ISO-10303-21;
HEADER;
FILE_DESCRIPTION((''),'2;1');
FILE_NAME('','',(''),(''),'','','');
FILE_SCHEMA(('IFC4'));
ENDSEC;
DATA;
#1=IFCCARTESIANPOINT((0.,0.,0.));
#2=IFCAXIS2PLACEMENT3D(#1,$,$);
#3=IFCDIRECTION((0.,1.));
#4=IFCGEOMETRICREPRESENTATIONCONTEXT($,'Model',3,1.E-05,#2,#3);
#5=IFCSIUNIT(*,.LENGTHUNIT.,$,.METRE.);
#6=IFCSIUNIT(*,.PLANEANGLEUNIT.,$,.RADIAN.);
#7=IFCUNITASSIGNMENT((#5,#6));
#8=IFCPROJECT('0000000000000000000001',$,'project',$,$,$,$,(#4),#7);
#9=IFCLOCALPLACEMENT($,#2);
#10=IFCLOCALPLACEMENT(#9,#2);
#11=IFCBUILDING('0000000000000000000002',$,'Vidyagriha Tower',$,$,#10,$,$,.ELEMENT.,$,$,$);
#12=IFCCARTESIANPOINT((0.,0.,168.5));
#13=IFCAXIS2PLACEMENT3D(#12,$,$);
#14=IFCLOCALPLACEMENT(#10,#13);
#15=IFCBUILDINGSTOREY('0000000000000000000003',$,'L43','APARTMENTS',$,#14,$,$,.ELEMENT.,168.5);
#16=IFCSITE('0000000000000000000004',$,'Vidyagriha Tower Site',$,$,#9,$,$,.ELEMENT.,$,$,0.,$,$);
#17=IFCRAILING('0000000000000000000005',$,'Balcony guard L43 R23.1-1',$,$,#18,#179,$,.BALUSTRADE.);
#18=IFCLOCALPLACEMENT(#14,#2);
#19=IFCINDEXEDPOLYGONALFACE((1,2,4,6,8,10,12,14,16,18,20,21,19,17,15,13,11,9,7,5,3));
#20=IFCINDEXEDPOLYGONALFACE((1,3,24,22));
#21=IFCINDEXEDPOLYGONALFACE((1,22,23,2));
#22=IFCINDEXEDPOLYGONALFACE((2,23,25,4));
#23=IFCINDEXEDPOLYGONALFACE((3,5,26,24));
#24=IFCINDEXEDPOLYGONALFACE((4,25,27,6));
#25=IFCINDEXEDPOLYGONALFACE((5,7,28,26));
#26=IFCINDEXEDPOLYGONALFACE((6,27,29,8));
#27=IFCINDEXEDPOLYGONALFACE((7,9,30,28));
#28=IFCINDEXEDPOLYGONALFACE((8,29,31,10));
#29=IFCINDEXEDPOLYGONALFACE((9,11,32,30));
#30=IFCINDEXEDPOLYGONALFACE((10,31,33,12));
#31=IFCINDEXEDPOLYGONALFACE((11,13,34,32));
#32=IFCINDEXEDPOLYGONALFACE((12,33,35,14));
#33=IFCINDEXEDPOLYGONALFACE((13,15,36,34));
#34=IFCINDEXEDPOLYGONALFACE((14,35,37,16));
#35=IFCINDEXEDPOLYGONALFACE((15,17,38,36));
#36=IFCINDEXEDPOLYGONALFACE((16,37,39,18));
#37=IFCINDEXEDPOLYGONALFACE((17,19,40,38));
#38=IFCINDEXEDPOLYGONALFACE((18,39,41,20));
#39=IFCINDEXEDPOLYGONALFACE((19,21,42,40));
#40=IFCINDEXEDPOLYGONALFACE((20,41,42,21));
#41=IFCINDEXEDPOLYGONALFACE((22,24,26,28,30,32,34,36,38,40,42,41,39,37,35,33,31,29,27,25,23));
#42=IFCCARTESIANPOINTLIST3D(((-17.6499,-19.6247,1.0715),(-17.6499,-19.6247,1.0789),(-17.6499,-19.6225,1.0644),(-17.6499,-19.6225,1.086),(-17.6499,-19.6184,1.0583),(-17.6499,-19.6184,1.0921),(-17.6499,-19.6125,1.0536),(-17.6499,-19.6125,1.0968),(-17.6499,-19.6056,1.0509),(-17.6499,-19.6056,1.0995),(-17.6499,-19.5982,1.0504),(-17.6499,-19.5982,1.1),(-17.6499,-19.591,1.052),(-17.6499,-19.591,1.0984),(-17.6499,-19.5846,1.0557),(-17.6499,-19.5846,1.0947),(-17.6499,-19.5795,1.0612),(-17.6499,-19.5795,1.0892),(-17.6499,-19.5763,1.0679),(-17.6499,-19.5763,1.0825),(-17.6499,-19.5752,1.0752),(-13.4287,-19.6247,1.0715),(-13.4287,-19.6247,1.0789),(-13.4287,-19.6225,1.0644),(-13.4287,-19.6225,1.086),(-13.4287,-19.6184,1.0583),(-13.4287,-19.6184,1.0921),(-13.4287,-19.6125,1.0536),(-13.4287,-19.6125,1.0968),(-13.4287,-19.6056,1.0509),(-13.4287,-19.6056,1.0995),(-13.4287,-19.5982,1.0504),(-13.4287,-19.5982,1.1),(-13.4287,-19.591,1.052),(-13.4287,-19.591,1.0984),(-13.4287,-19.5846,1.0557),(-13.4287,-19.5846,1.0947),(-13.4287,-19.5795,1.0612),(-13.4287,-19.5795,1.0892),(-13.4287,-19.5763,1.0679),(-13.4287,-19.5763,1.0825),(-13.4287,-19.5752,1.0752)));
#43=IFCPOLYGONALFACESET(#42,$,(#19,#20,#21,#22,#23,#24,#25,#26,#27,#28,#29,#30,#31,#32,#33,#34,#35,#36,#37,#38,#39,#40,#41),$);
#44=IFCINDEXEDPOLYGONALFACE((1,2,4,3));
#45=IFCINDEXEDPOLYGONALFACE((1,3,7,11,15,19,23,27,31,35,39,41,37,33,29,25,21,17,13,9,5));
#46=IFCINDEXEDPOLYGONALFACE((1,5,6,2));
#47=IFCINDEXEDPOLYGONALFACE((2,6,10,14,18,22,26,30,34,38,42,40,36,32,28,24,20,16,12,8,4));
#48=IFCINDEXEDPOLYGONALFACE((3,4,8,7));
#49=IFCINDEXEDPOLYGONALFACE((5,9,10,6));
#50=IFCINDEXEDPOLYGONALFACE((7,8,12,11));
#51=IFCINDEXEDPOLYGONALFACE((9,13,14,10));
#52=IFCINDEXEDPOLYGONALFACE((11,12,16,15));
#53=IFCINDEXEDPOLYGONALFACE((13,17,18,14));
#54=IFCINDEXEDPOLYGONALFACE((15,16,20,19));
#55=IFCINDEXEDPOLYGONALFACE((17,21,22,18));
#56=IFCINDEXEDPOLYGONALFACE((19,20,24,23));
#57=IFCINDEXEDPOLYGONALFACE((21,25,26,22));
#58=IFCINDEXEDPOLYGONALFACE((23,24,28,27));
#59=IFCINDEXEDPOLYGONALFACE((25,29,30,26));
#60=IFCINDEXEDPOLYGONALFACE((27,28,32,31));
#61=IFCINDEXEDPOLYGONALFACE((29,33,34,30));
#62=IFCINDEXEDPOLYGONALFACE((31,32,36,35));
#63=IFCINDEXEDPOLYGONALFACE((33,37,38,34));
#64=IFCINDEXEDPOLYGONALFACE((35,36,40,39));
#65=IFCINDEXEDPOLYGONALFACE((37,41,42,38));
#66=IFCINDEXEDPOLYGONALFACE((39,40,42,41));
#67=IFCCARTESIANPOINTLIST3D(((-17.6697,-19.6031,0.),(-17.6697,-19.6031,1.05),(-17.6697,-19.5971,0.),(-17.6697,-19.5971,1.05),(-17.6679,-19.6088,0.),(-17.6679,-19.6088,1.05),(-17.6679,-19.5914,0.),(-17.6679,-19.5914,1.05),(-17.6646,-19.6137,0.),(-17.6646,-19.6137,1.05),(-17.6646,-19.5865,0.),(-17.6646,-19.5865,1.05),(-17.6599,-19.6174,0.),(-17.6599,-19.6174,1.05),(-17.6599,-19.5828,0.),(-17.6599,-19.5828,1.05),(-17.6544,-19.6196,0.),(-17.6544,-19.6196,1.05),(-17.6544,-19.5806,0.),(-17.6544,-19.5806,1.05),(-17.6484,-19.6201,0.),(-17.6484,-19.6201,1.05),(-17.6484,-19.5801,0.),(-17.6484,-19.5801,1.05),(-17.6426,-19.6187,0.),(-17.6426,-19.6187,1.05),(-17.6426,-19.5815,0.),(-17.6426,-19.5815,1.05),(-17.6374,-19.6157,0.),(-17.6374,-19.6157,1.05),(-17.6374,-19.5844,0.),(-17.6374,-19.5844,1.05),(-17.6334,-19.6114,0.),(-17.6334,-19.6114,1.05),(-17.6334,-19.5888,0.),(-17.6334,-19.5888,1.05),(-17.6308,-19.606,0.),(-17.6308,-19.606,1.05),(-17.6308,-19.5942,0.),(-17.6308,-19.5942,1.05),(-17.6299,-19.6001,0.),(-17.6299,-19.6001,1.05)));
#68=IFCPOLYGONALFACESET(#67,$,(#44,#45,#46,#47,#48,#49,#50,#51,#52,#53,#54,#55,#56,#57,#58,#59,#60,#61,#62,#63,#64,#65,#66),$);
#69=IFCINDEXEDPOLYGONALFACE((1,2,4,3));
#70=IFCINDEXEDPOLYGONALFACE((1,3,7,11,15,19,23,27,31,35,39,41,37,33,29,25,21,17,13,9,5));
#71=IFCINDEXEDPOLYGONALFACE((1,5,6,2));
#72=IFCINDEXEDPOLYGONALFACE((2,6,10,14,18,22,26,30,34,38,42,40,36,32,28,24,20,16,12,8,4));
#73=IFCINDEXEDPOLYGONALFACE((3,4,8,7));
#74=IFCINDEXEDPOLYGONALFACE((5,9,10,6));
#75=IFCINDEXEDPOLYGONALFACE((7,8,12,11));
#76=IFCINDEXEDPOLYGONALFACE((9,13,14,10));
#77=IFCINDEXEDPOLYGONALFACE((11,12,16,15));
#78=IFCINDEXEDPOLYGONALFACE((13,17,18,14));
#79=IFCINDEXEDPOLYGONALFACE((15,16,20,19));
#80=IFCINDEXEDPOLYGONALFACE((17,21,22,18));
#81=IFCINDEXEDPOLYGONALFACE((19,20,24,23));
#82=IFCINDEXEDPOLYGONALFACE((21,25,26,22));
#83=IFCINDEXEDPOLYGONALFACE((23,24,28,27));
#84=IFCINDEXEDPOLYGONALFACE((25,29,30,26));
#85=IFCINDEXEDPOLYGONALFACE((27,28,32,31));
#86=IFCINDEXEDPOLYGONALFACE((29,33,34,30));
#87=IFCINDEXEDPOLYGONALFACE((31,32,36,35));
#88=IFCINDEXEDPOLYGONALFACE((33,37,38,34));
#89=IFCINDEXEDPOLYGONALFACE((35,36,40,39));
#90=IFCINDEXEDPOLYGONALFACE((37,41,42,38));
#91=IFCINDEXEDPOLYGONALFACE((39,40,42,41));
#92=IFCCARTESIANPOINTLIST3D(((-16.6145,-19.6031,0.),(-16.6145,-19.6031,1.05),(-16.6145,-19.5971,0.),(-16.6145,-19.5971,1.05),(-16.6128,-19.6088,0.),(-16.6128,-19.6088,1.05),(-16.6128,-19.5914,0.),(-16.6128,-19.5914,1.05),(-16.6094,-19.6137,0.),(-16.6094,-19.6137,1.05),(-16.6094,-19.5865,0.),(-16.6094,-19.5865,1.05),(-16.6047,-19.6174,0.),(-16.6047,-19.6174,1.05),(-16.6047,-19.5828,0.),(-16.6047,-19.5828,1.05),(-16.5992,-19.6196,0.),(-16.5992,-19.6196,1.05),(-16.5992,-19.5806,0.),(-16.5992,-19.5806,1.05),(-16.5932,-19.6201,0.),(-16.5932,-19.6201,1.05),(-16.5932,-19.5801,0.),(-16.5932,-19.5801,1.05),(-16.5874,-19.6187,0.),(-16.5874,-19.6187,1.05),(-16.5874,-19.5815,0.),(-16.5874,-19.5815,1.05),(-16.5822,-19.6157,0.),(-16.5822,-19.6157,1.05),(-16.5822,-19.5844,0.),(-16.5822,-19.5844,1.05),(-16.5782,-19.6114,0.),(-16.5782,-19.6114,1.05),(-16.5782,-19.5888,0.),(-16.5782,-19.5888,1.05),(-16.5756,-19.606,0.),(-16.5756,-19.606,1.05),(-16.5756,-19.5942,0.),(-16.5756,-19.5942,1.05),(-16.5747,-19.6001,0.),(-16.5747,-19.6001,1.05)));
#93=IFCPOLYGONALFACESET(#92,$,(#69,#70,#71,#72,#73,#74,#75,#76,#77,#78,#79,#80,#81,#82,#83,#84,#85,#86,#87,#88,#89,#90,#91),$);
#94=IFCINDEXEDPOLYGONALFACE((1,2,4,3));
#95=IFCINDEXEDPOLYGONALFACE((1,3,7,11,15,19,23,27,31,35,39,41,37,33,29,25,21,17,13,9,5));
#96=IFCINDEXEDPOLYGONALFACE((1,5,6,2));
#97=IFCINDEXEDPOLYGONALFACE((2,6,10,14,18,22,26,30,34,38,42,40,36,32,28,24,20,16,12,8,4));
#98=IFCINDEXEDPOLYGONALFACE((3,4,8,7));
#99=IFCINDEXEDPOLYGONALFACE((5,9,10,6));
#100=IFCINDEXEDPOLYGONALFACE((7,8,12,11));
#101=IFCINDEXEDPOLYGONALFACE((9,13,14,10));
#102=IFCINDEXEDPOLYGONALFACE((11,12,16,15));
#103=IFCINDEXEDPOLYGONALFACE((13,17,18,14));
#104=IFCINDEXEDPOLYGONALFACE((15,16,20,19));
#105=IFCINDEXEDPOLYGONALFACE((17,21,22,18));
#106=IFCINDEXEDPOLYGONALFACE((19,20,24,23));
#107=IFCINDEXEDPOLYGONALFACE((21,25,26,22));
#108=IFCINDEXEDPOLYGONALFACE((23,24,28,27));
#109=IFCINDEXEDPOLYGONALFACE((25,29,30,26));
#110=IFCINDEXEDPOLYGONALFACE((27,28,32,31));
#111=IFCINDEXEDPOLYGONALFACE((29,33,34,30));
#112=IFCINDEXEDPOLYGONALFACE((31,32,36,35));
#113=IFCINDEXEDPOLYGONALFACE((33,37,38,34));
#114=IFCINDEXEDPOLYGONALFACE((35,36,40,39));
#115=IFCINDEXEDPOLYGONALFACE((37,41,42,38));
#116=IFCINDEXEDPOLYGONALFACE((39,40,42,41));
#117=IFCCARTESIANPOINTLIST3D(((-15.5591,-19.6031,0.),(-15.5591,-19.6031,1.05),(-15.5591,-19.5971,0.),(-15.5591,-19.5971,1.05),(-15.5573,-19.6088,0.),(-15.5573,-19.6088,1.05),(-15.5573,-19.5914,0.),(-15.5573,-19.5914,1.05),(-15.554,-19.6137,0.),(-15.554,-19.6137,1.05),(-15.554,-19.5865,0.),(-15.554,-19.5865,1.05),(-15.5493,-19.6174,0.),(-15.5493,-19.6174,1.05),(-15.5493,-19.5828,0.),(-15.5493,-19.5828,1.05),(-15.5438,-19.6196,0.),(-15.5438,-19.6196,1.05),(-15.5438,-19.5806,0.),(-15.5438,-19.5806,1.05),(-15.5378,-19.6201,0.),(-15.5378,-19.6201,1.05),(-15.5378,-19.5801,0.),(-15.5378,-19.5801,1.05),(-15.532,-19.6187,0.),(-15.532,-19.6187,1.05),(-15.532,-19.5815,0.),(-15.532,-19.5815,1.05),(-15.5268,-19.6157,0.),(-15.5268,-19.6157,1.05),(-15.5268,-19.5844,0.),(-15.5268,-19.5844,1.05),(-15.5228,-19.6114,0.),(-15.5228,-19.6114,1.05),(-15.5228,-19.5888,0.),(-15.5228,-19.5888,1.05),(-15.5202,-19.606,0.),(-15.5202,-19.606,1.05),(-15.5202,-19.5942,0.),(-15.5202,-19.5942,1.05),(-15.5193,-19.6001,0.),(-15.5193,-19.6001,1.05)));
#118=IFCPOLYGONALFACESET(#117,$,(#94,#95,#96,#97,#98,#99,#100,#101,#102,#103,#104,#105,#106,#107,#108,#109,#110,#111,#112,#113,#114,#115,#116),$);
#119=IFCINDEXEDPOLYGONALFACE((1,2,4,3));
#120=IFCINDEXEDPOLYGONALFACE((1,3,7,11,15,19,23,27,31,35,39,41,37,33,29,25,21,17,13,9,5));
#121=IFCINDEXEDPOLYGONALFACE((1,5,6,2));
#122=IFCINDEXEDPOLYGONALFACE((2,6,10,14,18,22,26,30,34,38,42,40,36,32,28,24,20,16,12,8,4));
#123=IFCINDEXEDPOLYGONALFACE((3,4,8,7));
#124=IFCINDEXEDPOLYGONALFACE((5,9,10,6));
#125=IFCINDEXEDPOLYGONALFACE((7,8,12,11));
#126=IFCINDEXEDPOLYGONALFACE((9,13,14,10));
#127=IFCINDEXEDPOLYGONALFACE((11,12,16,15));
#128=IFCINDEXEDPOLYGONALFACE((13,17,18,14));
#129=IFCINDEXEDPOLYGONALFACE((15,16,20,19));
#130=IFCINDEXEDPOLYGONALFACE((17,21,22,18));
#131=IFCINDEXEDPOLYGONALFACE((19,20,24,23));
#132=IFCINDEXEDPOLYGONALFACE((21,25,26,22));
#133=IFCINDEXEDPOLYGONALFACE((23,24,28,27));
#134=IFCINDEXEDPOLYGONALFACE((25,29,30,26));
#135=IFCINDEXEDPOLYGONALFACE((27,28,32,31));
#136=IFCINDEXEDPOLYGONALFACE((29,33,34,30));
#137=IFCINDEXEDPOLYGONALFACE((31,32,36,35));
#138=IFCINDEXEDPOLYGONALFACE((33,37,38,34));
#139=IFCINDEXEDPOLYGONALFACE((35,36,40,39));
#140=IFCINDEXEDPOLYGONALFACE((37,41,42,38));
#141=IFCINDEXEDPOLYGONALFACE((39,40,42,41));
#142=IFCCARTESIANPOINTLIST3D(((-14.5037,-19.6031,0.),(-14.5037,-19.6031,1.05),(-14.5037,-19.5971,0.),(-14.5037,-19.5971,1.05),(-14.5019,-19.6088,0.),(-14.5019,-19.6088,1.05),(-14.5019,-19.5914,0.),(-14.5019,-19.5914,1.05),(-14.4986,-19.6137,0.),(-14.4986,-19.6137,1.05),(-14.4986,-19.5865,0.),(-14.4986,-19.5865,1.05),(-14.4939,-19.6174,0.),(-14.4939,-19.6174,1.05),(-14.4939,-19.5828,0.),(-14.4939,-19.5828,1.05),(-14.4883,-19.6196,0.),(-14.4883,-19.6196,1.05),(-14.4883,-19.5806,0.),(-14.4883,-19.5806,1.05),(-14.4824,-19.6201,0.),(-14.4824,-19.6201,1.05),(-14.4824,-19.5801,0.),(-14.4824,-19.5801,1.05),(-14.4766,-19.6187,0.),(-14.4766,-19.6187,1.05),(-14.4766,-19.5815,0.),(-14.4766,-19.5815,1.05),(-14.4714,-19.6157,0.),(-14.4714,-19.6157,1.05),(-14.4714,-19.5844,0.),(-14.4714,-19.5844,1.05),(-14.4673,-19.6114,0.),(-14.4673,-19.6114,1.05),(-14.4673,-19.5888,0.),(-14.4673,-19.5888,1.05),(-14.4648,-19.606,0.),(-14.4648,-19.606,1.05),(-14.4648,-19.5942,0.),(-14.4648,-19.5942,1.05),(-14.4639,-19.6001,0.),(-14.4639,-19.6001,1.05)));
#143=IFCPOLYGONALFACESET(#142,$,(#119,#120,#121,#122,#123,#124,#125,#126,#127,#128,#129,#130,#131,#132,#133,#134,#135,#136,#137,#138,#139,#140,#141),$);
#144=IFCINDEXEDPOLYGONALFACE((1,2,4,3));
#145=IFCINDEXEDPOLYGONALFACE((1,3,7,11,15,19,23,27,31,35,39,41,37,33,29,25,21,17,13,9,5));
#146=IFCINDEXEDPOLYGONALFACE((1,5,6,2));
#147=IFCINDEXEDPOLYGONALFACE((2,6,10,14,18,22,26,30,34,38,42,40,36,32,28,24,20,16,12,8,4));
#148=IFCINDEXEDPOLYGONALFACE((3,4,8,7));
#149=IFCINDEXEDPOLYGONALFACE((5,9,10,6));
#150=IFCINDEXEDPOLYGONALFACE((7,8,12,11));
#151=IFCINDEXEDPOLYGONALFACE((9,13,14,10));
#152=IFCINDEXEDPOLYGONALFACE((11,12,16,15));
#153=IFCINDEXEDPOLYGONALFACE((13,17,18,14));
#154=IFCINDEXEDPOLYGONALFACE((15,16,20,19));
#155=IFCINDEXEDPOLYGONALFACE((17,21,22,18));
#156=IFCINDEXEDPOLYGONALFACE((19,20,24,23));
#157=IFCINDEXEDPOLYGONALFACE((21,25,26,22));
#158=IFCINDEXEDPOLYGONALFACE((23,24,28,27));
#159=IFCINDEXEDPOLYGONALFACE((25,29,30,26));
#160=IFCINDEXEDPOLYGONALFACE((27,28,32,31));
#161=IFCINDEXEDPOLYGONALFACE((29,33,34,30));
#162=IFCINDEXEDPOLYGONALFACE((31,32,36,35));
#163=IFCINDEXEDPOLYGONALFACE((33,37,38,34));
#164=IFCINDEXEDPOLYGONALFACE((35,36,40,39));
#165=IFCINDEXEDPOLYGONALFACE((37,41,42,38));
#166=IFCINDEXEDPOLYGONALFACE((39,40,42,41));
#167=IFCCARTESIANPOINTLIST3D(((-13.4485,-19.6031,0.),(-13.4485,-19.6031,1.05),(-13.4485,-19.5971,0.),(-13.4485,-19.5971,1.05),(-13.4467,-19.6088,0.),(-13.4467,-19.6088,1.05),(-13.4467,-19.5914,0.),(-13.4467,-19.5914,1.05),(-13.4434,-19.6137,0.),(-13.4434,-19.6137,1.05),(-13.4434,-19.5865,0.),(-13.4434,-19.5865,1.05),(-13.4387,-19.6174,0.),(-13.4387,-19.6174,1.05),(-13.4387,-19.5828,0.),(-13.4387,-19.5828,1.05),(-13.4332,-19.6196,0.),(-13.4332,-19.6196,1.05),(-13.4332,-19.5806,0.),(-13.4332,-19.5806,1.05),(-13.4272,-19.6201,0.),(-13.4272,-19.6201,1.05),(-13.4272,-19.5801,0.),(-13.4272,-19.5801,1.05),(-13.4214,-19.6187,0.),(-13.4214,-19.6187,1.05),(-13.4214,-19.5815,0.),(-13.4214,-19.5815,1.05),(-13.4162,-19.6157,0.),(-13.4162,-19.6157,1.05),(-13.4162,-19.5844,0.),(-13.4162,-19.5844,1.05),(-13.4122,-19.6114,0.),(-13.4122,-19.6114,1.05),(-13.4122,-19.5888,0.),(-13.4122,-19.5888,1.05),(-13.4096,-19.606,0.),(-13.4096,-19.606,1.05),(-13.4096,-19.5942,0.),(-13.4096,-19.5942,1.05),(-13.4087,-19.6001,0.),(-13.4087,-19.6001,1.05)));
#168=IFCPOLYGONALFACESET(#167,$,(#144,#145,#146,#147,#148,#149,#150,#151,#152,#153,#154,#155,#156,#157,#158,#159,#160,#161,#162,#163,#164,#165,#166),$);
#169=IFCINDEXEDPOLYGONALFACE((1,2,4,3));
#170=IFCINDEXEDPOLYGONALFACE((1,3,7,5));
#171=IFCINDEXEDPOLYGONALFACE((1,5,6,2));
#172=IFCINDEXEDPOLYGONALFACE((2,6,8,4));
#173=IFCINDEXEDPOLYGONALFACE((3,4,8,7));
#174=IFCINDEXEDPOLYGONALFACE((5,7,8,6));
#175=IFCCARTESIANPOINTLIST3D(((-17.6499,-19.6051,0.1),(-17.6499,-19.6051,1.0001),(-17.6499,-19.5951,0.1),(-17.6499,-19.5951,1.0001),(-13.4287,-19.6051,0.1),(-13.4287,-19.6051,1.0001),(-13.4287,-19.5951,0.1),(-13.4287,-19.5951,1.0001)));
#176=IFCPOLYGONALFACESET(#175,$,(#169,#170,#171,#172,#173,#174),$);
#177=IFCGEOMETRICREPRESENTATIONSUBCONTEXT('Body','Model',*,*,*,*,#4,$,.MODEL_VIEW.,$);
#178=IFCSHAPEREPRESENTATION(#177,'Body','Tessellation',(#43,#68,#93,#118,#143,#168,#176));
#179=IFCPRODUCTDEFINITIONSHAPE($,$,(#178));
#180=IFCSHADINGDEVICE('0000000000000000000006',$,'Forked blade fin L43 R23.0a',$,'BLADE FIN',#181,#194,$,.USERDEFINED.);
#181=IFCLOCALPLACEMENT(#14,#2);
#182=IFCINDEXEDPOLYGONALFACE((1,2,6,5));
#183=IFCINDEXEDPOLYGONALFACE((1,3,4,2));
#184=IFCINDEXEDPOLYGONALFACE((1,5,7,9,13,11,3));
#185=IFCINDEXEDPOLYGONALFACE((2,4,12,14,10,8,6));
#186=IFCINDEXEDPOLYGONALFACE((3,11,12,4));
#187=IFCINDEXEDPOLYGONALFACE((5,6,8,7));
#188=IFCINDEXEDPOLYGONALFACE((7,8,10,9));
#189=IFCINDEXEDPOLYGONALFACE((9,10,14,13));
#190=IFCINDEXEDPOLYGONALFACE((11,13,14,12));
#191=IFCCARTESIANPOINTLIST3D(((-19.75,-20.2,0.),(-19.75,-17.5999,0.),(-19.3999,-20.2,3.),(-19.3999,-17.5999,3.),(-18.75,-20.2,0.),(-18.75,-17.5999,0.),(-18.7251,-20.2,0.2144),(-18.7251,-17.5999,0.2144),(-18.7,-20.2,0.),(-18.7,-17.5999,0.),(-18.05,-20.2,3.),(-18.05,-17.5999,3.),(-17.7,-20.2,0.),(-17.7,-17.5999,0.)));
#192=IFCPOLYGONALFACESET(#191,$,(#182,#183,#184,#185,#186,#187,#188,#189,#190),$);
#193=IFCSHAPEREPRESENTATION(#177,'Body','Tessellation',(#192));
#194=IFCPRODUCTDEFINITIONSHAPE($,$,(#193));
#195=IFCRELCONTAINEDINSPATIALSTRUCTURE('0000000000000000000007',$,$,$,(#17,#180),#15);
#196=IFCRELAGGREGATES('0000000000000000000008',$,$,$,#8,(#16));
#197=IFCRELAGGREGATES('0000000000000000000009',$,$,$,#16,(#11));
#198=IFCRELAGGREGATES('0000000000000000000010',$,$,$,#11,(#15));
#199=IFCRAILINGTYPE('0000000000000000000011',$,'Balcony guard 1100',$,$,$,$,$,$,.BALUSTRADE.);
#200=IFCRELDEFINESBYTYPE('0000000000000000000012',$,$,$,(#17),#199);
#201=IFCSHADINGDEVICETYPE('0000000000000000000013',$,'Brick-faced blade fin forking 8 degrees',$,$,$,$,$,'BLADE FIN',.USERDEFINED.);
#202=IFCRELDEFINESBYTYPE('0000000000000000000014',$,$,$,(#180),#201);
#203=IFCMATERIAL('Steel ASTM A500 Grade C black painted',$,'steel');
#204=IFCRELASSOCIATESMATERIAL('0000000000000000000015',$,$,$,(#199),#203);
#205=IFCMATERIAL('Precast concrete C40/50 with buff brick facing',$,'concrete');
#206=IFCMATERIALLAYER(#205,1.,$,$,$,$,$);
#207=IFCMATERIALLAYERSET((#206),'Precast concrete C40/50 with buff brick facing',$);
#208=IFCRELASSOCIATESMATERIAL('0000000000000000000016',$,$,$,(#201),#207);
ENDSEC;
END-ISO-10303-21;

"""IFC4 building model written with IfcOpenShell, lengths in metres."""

from ifc_helpers import new_model, si_unit, direction, frame, origin, origin_2d, place, context, subcontext, project, spatial, polyline, rectangle, circle, outline, extrude, material, layer, layer_set, type_object, element, save


model = new_model("IFC4")

# Units and contexts
model_context = context("Model", 3, precision=1e-05, world=origin(), true_north=direction((0.0, 1.0)))
body_context = subcontext(model_context, "Body", "Model", "MODEL_VIEW")
ifc_project = project(units=[si_unit("LENGTHUNIT", "METRE"), si_unit("PLANEANGLEUNIT", "RADIAN")], contexts=[model_context])

# Site, building, storey
site_placement = place(None, origin())
site = spatial("IfcSite", under=ifc_project, at=site_placement, Name="Vidyagriha Tower Site", CompositionType="ELEMENT", RefElevation=0.0)
building_placement = place(site_placement, origin())
building = spatial("IfcBuilding", under=site, at=building_placement, Name="Vidyagriha Tower", CompositionType="ELEMENT")
storey_placement = place(building_placement, frame((0.0, 0.0, 168.5)))
storey = spatial("IfcBuildingStorey", under=building, at=storey_placement, Name="L43", Description="APARTMENTS", CompositionType="ELEMENT", Elevation=168.5)

# Railing
ifc_material_1 = material(Name="Steel ASTM A500 Grade C black painted", Category="steel")
railing_type_1 = type_object("IfcRailingType", Name="Balcony guard 1100", PredefinedType="BALUSTRADE", material=ifc_material_1)
railing_1_placement = place(storey_placement, frame((-17.6499, -19.6001, 0.0)))
element("IfcRailing", 1, at=railing_1_placement, inside=storey, type_object=railing_type_1, Name="Balcony guard L43 R23.1-1", PredefinedType="BALUSTRADE", context=body_context, shape_type="SweptSolid", body=[
    extrude(circle(Radius=0.0249, at=origin_2d()), frame((0.0, 0.0, 1.0752), z_axis=(1.0, 0.0, 0.0), x_axis=(0.0, 1.0, 0.0)), (0.0, 0.0, 1.0), 4.2212),
    extrude(circle(Radius=0.02, at=origin_2d()), origin(), (0.0, 0.0, 1.0), 1.05),
    extrude(circle(Radius=0.02, at=origin_2d()), frame((1.0552, 0.0, 0.0)), (0.0, 0.0, 1.0), 1.05),
    extrude(circle(Radius=0.02, at=origin_2d()), frame((2.1106, 0.0, 0.0)), (0.0, 0.0, 1.0), 1.05),
    extrude(circle(Radius=0.02, at=origin_2d()), frame((3.166, 0.0, 0.0)), (0.0, 0.0, 1.0), 1.05),
    extrude(circle(Radius=0.02, at=origin_2d()), frame((4.2212, 0.0, 0.0)), (0.0, 0.0, 1.0), 1.05),
    extrude(rectangle(XDim=0.01, YDim=0.9001, at=origin_2d()), frame((0.0, 0.0, 0.55), z_axis=(1.0, 0.0, 0.0), x_axis=(0.0, 1.0, 0.0)), (0.0, 0.0, 1.0), 4.2212),
])

# Shading device
ifc_material_2 = material(Name="Precast concrete C40/50 with buff brick facing", Category="concrete")
ifc_layer_1 = layer(ifc_material_2, 1.0)
ifc_layer_set_1 = layer_set([ifc_layer_1], Name="Precast concrete C40/50 with buff brick facing")
shading_device_type = type_object("IfcShadingDeviceType", Name="Brick-faced blade fin forking 8 degrees", ElementType="BLADE FIN", PredefinedType="USERDEFINED", material=ifc_layer_set_1)
shading_device_placement = place(storey_placement, frame((-19.75, -18.8999, 0.0)))
element("IfcShadingDevice", 2, at=shading_device_placement, inside=storey, type_object=shading_device_type, Name="Forked blade fin L43 R23.0a", ObjectType="BLADE FIN", PredefinedType="USERDEFINED", context=body_context, shape_type="SweptSolid", body=[
    extrude(outline(polyline([(1.0, 0.0), (1.0249, 0.2144), (1.05, 0.0), (2.05, 0.0), (1.7, 3.0), (0.3501, 3.0), (0.0, 0.0), (1.0, 0.0)])), frame((0.0, 1.3, 0.0), z_axis=(0.0, -1.0, 0.0), x_axis=(1.0, 0.0, 0.0)), (0.0, 0.0, 1.0), 2.6001),
])

save(model, "model.ifc")
